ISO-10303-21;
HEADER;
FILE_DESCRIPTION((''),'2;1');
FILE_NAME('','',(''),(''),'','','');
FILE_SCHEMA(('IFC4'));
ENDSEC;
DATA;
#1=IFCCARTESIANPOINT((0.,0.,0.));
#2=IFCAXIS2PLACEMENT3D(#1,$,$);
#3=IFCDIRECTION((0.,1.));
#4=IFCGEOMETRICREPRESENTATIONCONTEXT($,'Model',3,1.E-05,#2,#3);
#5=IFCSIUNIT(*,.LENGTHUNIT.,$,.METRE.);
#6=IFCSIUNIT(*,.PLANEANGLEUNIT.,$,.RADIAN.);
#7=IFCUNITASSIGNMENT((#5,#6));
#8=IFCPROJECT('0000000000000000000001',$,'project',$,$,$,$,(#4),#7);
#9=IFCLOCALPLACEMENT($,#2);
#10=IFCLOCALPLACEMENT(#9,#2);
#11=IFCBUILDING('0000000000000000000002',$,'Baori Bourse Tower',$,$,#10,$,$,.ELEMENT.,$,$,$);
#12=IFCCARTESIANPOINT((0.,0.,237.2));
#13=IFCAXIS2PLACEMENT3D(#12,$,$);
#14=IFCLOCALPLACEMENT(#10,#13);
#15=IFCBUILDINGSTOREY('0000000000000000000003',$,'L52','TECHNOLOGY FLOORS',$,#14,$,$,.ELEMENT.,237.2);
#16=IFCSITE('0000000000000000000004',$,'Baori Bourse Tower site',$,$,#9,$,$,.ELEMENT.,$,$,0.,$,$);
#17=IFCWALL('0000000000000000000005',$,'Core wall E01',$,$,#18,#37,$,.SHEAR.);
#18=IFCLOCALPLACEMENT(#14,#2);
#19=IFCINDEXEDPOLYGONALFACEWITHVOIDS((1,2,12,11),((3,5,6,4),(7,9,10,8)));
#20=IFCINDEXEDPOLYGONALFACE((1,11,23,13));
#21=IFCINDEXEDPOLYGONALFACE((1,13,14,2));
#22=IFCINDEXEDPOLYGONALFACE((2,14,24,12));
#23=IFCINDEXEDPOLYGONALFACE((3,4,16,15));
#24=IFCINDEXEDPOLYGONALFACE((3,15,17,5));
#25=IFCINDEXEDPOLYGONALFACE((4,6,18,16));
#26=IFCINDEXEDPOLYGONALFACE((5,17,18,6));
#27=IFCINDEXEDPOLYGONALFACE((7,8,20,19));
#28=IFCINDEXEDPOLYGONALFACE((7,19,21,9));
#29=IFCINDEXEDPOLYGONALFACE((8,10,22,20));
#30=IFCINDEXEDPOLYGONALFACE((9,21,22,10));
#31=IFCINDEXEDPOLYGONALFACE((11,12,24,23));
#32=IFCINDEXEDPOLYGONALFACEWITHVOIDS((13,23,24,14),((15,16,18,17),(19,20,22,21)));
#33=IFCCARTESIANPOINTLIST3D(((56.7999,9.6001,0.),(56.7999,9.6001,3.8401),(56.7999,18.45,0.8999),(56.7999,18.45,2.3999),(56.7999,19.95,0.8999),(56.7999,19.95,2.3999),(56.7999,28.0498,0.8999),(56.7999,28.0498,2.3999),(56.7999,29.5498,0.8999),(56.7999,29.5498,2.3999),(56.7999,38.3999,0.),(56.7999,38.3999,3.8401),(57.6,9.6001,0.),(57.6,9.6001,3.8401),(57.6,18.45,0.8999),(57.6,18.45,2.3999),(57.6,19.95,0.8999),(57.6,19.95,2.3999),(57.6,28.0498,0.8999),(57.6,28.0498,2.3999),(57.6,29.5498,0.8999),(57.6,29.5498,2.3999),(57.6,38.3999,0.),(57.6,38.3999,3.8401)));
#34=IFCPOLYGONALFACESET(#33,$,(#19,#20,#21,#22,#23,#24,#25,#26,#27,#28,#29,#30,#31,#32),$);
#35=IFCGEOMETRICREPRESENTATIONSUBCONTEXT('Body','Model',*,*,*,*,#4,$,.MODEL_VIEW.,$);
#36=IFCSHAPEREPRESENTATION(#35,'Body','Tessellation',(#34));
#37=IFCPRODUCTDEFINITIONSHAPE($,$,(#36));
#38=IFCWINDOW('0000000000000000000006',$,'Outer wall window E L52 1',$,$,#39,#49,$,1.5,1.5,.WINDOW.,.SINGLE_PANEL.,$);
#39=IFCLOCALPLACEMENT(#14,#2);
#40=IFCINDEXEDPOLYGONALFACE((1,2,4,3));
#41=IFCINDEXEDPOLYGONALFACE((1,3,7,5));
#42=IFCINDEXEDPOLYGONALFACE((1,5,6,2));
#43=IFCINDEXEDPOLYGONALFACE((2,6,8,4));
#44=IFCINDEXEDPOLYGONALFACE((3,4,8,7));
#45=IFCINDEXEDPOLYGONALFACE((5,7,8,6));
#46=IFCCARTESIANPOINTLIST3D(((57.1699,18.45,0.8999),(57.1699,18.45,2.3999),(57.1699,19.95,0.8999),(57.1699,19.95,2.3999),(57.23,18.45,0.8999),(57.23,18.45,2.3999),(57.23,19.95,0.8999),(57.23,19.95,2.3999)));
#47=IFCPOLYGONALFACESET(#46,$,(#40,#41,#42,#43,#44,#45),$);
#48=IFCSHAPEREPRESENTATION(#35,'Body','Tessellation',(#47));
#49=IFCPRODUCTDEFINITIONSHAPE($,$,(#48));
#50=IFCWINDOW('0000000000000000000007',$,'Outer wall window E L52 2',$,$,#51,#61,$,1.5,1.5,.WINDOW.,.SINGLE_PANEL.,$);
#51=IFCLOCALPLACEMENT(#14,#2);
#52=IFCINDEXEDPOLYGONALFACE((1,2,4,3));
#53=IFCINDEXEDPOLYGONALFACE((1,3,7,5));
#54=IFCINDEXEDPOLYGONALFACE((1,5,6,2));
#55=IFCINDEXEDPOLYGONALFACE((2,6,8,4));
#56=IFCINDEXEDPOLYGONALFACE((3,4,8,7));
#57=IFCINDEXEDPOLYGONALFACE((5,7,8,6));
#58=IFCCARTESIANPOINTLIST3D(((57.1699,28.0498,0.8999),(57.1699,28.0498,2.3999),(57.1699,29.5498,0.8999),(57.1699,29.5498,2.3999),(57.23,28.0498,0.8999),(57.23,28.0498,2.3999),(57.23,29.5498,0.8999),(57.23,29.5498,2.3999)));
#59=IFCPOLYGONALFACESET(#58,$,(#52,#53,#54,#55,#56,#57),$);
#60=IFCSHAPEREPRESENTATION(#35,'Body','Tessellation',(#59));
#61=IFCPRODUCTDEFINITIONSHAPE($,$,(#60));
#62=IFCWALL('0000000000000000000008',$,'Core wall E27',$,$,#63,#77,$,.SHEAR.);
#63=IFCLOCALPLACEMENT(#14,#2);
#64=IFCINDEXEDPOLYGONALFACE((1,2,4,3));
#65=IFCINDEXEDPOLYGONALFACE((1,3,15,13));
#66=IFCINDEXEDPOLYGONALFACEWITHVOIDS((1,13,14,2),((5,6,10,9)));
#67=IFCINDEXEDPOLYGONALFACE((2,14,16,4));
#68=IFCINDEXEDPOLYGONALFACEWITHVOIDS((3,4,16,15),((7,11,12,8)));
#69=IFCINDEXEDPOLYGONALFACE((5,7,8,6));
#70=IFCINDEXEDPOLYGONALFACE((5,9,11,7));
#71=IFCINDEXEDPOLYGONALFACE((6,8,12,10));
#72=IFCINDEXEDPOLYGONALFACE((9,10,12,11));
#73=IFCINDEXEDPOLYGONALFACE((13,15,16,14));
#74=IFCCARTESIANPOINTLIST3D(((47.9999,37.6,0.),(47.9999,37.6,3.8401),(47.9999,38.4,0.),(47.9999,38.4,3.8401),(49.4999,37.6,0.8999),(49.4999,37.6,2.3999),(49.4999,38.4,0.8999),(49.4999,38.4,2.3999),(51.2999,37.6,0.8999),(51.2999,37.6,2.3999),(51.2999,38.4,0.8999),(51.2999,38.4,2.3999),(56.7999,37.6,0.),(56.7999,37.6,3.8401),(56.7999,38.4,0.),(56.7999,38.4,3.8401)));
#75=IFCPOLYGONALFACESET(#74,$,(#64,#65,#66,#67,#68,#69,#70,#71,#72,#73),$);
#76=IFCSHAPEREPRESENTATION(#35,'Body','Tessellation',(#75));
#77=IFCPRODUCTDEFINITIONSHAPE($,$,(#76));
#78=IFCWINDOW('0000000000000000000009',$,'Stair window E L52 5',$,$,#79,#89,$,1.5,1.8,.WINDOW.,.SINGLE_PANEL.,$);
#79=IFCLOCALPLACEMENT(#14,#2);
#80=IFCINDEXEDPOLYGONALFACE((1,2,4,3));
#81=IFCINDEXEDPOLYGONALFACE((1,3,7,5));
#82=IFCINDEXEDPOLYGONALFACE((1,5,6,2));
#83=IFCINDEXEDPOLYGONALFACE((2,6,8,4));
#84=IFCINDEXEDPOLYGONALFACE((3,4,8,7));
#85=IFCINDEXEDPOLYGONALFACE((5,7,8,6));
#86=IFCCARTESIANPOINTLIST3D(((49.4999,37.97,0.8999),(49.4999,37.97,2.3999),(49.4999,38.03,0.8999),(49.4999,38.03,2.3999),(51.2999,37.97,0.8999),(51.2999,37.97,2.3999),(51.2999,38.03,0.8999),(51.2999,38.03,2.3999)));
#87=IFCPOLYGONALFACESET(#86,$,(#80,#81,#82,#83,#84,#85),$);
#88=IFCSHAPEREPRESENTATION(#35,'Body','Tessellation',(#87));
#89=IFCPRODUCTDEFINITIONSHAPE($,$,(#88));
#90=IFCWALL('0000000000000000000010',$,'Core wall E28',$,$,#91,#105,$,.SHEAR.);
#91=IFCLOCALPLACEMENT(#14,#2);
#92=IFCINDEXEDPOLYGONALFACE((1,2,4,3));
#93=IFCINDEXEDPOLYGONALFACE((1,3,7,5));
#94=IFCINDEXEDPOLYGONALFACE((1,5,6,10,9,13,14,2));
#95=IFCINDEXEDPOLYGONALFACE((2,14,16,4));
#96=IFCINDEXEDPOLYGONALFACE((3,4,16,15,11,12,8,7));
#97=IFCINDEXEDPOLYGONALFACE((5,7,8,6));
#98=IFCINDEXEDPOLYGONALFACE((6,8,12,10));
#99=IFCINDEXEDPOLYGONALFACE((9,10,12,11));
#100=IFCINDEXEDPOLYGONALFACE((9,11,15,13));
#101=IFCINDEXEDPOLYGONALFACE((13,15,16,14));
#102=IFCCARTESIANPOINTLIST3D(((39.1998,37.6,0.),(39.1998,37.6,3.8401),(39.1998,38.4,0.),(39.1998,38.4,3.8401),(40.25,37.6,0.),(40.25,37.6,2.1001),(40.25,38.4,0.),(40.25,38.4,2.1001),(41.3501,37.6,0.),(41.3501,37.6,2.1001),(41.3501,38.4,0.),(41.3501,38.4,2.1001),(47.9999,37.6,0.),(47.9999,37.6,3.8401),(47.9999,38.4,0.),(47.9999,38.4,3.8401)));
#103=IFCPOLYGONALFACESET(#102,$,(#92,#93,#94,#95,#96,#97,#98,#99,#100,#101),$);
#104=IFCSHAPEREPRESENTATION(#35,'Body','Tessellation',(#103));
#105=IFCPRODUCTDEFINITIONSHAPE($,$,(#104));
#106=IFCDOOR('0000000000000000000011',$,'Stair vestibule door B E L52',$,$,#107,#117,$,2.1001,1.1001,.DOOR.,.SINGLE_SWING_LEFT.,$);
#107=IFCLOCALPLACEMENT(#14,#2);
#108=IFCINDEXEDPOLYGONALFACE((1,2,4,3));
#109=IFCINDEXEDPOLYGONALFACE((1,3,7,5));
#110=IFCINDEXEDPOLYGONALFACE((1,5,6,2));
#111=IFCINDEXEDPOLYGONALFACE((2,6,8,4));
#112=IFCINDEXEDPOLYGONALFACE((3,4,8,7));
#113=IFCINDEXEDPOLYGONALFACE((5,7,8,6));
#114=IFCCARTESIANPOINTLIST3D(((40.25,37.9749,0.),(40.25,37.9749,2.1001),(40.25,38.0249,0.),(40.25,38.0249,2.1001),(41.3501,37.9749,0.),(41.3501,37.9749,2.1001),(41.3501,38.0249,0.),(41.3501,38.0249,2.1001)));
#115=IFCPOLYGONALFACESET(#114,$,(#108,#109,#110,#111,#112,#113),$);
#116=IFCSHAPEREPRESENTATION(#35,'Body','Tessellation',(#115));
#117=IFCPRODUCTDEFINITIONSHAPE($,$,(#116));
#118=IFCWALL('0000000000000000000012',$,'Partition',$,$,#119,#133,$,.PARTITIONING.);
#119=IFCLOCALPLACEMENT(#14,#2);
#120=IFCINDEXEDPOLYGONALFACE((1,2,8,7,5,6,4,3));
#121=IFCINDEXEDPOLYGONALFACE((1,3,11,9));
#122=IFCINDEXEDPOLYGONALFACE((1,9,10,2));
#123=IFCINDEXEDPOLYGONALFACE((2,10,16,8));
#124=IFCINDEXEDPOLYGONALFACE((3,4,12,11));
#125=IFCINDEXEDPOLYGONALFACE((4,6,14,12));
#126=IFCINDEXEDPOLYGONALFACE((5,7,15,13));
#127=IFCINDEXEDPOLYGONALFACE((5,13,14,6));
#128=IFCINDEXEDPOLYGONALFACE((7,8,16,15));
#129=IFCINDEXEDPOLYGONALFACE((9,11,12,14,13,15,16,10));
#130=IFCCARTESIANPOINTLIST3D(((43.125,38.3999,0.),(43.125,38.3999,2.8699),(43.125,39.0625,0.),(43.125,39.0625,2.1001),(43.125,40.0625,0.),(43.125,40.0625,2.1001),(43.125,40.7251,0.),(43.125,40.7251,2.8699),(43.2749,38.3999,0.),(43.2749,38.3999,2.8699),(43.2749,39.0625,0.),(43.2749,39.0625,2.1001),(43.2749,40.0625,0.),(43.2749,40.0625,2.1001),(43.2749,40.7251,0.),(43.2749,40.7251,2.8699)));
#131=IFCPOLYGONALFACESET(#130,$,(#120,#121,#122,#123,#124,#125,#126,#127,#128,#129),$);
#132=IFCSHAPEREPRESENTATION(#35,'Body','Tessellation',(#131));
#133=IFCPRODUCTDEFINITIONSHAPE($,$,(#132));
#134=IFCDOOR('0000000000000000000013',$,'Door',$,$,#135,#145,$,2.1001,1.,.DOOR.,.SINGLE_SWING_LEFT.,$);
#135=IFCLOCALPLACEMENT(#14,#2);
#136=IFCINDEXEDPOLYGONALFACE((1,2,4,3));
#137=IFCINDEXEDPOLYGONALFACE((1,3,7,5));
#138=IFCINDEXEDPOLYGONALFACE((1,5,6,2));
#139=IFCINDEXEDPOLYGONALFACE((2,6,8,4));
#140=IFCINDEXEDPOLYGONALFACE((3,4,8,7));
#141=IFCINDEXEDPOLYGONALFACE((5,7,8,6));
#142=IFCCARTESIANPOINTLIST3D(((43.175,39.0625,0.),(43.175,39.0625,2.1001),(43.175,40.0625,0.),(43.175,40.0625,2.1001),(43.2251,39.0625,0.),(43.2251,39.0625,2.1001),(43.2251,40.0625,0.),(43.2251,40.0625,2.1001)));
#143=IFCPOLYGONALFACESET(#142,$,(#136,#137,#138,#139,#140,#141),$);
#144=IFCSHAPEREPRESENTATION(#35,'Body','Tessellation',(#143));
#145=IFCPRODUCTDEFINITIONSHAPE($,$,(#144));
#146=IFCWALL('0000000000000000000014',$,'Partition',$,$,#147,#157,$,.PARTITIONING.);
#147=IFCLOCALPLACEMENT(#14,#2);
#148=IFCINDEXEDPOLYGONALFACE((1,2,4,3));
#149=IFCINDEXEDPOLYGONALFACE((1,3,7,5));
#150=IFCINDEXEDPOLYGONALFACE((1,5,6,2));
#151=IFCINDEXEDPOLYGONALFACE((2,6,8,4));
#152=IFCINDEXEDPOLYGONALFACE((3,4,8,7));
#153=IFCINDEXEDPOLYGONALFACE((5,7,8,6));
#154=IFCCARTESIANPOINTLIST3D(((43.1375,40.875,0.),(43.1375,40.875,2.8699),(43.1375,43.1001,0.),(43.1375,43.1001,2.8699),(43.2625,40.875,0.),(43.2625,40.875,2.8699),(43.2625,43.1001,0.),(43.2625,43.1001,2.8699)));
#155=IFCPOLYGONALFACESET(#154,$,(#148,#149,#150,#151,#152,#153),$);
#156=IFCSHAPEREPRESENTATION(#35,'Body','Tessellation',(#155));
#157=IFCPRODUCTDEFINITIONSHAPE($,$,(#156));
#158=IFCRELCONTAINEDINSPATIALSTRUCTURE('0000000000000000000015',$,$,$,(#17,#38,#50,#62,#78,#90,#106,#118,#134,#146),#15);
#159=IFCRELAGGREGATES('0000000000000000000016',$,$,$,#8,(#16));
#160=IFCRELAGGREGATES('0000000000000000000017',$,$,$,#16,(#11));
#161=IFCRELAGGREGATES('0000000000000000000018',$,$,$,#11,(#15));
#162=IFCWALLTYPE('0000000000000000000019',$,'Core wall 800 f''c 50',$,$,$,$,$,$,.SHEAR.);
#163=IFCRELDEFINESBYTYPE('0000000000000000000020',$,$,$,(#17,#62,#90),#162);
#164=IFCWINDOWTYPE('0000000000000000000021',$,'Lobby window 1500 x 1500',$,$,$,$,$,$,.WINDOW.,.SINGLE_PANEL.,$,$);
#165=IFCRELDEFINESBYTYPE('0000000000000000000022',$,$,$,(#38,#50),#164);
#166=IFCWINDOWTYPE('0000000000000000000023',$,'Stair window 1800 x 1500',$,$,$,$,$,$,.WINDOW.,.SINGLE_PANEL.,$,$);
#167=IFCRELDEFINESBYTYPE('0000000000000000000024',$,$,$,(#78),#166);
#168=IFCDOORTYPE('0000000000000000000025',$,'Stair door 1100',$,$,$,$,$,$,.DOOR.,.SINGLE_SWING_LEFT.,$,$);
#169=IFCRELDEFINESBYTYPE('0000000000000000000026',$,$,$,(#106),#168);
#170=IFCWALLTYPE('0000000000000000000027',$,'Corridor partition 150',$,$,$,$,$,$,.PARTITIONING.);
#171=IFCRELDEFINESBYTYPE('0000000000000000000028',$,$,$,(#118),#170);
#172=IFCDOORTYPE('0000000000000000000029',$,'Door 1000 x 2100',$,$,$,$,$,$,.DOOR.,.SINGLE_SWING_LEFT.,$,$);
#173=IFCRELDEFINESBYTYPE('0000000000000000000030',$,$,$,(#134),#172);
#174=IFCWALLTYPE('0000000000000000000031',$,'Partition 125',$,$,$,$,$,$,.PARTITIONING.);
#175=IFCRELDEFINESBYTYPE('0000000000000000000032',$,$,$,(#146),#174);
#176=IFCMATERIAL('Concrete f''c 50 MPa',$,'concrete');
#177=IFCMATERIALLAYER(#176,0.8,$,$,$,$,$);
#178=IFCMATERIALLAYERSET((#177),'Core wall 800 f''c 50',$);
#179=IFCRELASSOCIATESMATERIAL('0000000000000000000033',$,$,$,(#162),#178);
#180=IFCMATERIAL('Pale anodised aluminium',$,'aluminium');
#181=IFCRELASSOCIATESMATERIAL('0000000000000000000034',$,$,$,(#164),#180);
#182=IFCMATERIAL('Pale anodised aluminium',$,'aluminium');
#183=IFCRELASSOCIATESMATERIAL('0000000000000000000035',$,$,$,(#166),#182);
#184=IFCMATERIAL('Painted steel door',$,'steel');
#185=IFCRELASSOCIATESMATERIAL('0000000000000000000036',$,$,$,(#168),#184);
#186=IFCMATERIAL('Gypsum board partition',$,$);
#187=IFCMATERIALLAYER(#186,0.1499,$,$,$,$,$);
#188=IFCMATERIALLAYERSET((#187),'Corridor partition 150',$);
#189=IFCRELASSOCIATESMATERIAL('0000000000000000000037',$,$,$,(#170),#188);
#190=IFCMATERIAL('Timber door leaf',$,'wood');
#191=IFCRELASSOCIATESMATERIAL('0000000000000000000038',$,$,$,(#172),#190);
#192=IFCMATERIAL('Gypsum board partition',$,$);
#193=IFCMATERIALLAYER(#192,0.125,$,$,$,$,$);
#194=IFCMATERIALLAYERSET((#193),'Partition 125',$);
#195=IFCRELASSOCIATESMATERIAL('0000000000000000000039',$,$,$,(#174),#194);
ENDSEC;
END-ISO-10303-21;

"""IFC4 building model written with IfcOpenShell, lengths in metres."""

from ifc_helpers import new_model, si_unit, direction, frame, frame_2d, origin, place, context, subcontext, project, spatial, rectangle, extrude, material, layer, layer_set, type_object, element, fill, save


model = new_model("IFC4")

# Units and contexts
model_context = context("Model", 3, precision=1e-05, world=origin(), true_north=direction((0.0, 1.0)))
body_context = subcontext(model_context, "Body", "Model", "MODEL_VIEW")
ifc_project = project(units=[si_unit("LENGTHUNIT", "METRE"), si_unit("PLANEANGLEUNIT", "RADIAN")], contexts=[model_context])

# Site, building, storey
site_placement = place(None, origin())
site = spatial("IfcSite", under=ifc_project, at=site_placement, Name="Baori Bourse Tower site", CompositionType="ELEMENT", RefElevation=0.0)
building_placement = place(site_placement, origin())
building = spatial("IfcBuilding", under=site, at=building_placement, Name="Baori Bourse Tower", CompositionType="ELEMENT")
storey_placement = place(building_placement, frame((0.0, 0.0, 237.2)))
storey = spatial("IfcBuildingStorey", under=building, at=storey_placement, Name="L52", Description="TECHNOLOGY FLOORS", CompositionType="ELEMENT", Elevation=237.2)

# Wall, openings, windows
ifc_material_1 = material(Name="Concrete f'c 50 MPa", Category="concrete")
ifc_layer_1 = layer(ifc_material_1, 0.8)
ifc_layer_set_1 = layer_set([ifc_layer_1], Name="Core wall 800 f'c 50")
wall_type_1 = type_object("IfcWallType", Name="Core wall 800 f'c 50", PredefinedType="SHEAR", material=ifc_layer_set_1)
wall_1_placement = place(storey_placement, frame((57.2, 38.3999, 0.0), z_axis=(0.0, 0.0, 1.0), x_axis=(0.0, -1.0, 0.0)))
wall_1 = element("IfcWall", 1, at=wall_1_placement, inside=storey, type_object=wall_type_1, Name="Core wall E01", PredefinedType="SHEAR", context=body_context, shape_type="SweptSolid", body=[
    extrude(rectangle(XDim=28.7998, YDim=0.8, at=frame_2d((14.3999, 0.0))), origin(), (0.0, 0.0, 1.0), 3.8401),
])
opening_1_placement = place(wall_1_placement, frame((18.45, 0.0, 0.8999)))
opening_1 = element("IfcOpeningElement", 2, at=opening_1_placement, cuts=wall_1, PredefinedType="OPENING", context=body_context, shape_type="SweptSolid", body=[
    extrude(rectangle(XDim=1.5, YDim=1.5, at=frame_2d((0.75, 0.75))), frame((0.0, 0.4099, 0.0), z_axis=(0.0, -1.0, 0.0), x_axis=(1.0, 0.0, 0.0)), (0.0, 0.0, 1.0), 0.8201),
])
opening_2_placement = place(wall_1_placement, frame((8.8501, 0.0, 0.8999)))
opening_2 = element("IfcOpeningElement", 3, at=opening_2_placement, cuts=wall_1, PredefinedType="OPENING", context=body_context, shape_type="SweptSolid", body=[
    extrude(rectangle(XDim=1.5, YDim=1.5, at=frame_2d((0.75, 0.75))), frame((0.0, 0.4099, 0.0), z_axis=(0.0, -1.0, 0.0), x_axis=(1.0, 0.0, 0.0)), (0.0, 0.0, 1.0), 0.8201),
])
ifc_material_2 = material(Name="Pale anodised aluminium", Category="aluminium")
window_type_1 = type_object("IfcWindowType", Name="Lobby window 1500 x 1500", PartitioningType="SINGLE_PANEL", PredefinedType="WINDOW", material=ifc_material_2)
window_1_placement = place(opening_1_placement, origin())
window_1 = element("IfcWindow", 4, at=window_1_placement, inside=storey, type_object=window_type_1, Name="Outer wall window E L52 1", OverallHeight=1.5, OverallWidth=1.5, PartitioningType="SINGLE_PANEL", PredefinedType="WINDOW", context=body_context, shape_type="SweptSolid", body=[
    extrude(rectangle(XDim=1.5, YDim=1.5, at=frame_2d((0.75, 0.75))), frame((0.0, 0.03, 0.0), z_axis=(0.0, -1.0, 0.0), x_axis=(1.0, 0.0, 0.0)), (0.0, 0.0, 1.0), 0.0601),
])
fill(opening_1, window_1)
window_2_placement = place(opening_2_placement, origin())
window_2 = element("IfcWindow", 5, at=window_2_placement, inside=storey, type_object=window_type_1, Name="Outer wall window E L52 2", OverallHeight=1.5, OverallWidth=1.5, PartitioningType="SINGLE_PANEL", PredefinedType="WINDOW", context=body_context, shape_type="SweptSolid", body=[
    extrude(rectangle(XDim=1.5, YDim=1.5, at=frame_2d((0.75, 0.75))), frame((0.0, 0.03, 0.0), z_axis=(0.0, -1.0, 0.0), x_axis=(1.0, 0.0, 0.0)), (0.0, 0.0, 1.0), 0.0601),
])
fill(opening_2, window_2)

# Wall, opening, window
wall_2_placement = place(storey_placement, frame((48.0, 38.0, 0.0), z_axis=(0.0, 0.0, 1.0), x_axis=(1.0, 0.0, 0.0)))
wall_2 = element("IfcWall", 6, at=wall_2_placement, inside=storey, type_object=wall_type_1, Name="Core wall E27", PredefinedType="SHEAR", context=body_context, shape_type="SweptSolid", body=[
    extrude(rectangle(XDim=8.8, YDim=0.8, at=frame_2d((4.3999, 0.0))), origin(), (0.0, 0.0, 1.0), 3.8401),
])
opening_3_placement = place(wall_2_placement, frame((1.5, 0.0, 0.8999)))
opening_3 = element("IfcOpeningElement", 7, at=opening_3_placement, cuts=wall_2, PredefinedType="OPENING", context=body_context, shape_type="SweptSolid", body=[
    extrude(rectangle(XDim=1.8, YDim=1.5, at=frame_2d((0.8999, 0.75))), frame((0.0, 0.4099, 0.0), z_axis=(0.0, -1.0, 0.0), x_axis=(1.0, 0.0, 0.0)), (0.0, 0.0, 1.0), 0.8201),
])
ifc_material_3 = material(Name="Pale anodised aluminium", Category="aluminium")
window_type_2 = type_object("IfcWindowType", Name="Stair window 1800 x 1500", PartitioningType="SINGLE_PANEL", PredefinedType="WINDOW", material=ifc_material_3)
window_3_placement = place(opening_3_placement, origin())
window_3 = element("IfcWindow", 8, at=window_3_placement, inside=storey, type_object=window_type_2, Name="Stair window E L52 5", OverallHeight=1.5, OverallWidth=1.8, PartitioningType="SINGLE_PANEL", PredefinedType="WINDOW", context=body_context, shape_type="SweptSolid", body=[
    extrude(rectangle(XDim=1.8, YDim=1.5, at=frame_2d((0.8999, 0.75))), frame((0.0, 0.03, 0.0), z_axis=(0.0, -1.0, 0.0), x_axis=(1.0, 0.0, 0.0)), (0.0, 0.0, 1.0), 0.0601),
])
fill(opening_3, window_3)

# Walls, openings, doors
wall_3_placement = place(storey_placement, frame((39.2, 38.0, 0.0), z_axis=(0.0, 0.0, 1.0), x_axis=(1.0, 0.0, 0.0)))
wall_3 = element("IfcWall", 9, at=wall_3_placement, inside=storey, type_object=wall_type_1, Name="Core wall E28", PredefinedType="SHEAR", context=body_context, shape_type="SweptSolid", body=[
    extrude(rectangle(XDim=8.8, YDim=0.8, at=frame_2d((4.3999, 0.0))), origin(), (0.0, 0.0, 1.0), 3.8401),
])
opening_4_placement = place(wall_3_placement, frame((1.05, 0.0, 0.0)))
opening_4 = element("IfcOpeningElement", 10, at=opening_4_placement, cuts=wall_3, PredefinedType="OPENING", context=body_context, shape_type="SweptSolid", body=[
    extrude(rectangle(XDim=1.1001, YDim=2.1001, at=frame_2d((0.55, 1.05))), frame((0.0, 0.4099, 0.0), z_axis=(0.0, -1.0, 0.0), x_axis=(1.0, 0.0, 0.0)), (0.0, 0.0, 1.0), 0.8201),
])
ifc_material_4 = material(Name="Painted steel door", Category="steel")
door_type_1 = type_object("IfcDoorType", Name="Stair door 1100", OperationType="SINGLE_SWING_LEFT", PredefinedType="DOOR", material=ifc_material_4)
door_1_placement = place(opening_4_placement, origin())
door_1 = element("IfcDoor", 11, at=door_1_placement, inside=storey, type_object=door_type_1, Name="Stair vestibule door B E L52", OperationType="SINGLE_SWING_LEFT", OverallHeight=2.1001, OverallWidth=1.1001, PredefinedType="DOOR", context=body_context, shape_type="SweptSolid", body=[
    extrude(rectangle(XDim=1.1001, YDim=2.1001, at=frame_2d((0.55, 1.05))), frame((0.0, 0.0249, 0.0), z_axis=(0.0, -1.0, 0.0), x_axis=(1.0, 0.0, 0.0)), (0.0, 0.0, 1.0), 0.05),
])
fill(opening_4, door_1)
ifc_material_5 = material(Name="Gypsum board partition")
ifc_layer_2 = layer(ifc_material_5, 0.1499)
ifc_layer_set_2 = layer_set([ifc_layer_2], Name="Corridor partition 150")
wall_type_2 = type_object("IfcWallType", Name="Corridor partition 150", PredefinedType="PARTITIONING", material=ifc_layer_set_2)
wall_4_placement = place(storey_placement, frame((43.2, 38.3999, 0.0), z_axis=(0.0, 0.0, 1.0), x_axis=(0.0, 1.0, 0.0)))
wall_4 = element("IfcWall", 12, at=wall_4_placement, inside=storey, type_object=wall_type_2, Name="Partition", PredefinedType="PARTITIONING", context=body_context, shape_type="SweptSolid", body=[
    extrude(rectangle(XDim=2.3252, YDim=0.1499, at=frame_2d((1.1626, 0.0))), origin(), (0.0, 0.0, 1.0), 2.8699),
])
opening_5_placement = place(wall_4_placement, frame((0.6626, 0.0, 0.0)))
opening_5 = element("IfcOpeningElement", 13, at=opening_5_placement, cuts=wall_4, PredefinedType="OPENING", context=body_context, shape_type="SweptSolid", body=[
    extrude(rectangle(XDim=1.0, YDim=2.1001, at=frame_2d((0.5, 1.05))), frame((0.0, 0.085, 0.0), z_axis=(0.0, -1.0, 0.0), x_axis=(1.0, 0.0, 0.0)), (0.0, 0.0, 1.0), 0.1699),
])
ifc_material_6 = material(Name="Timber door leaf", Category="wood")
door_type_2 = type_object("IfcDoorType", Name="Door 1000 x 2100", OperationType="SINGLE_SWING_LEFT", PredefinedType="DOOR", material=ifc_material_6)
door_2_placement = place(opening_5_placement, origin())
door_2 = element("IfcDoor", 14, at=door_2_placement, inside=storey, type_object=door_type_2, Name="Door", OperationType="SINGLE_SWING_LEFT", OverallHeight=2.1001, OverallWidth=1.0, PredefinedType="DOOR", context=body_context, shape_type="SweptSolid", body=[
    extrude(rectangle(XDim=1.0, YDim=2.1001, at=frame_2d((0.5, 1.05))), frame((0.0, 0.0249, 0.0), z_axis=(0.0, -1.0, 0.0), x_axis=(1.0, 0.0, 0.0)), (0.0, 0.0, 1.0), 0.05),
])
fill(opening_5, door_2)

# Wall
ifc_material_7 = material(Name="Gypsum board partition")
ifc_layer_3 = layer(ifc_material_7, 0.125)
ifc_layer_set_3 = layer_set([ifc_layer_3], Name="Partition 125")
wall_type_3 = type_object("IfcWallType", Name="Partition 125", PredefinedType="PARTITIONING", material=ifc_layer_set_3)
wall_5_placement = place(storey_placement, frame((43.2, 40.875, 0.0), z_axis=(0.0, 0.0, 1.0), x_axis=(0.0, 1.0, 0.0)))
element("IfcWall", 15, at=wall_5_placement, inside=storey, type_object=wall_type_3, Name="Partition", PredefinedType="PARTITIONING", context=body_context, shape_type="SweptSolid", body=[
    extrude(rectangle(XDim=2.2251, YDim=0.125, at=frame_2d((1.1125, 0.0))), origin(), (0.0, 0.0, 1.0), 2.8699),
])

save(model, "model.ifc")
